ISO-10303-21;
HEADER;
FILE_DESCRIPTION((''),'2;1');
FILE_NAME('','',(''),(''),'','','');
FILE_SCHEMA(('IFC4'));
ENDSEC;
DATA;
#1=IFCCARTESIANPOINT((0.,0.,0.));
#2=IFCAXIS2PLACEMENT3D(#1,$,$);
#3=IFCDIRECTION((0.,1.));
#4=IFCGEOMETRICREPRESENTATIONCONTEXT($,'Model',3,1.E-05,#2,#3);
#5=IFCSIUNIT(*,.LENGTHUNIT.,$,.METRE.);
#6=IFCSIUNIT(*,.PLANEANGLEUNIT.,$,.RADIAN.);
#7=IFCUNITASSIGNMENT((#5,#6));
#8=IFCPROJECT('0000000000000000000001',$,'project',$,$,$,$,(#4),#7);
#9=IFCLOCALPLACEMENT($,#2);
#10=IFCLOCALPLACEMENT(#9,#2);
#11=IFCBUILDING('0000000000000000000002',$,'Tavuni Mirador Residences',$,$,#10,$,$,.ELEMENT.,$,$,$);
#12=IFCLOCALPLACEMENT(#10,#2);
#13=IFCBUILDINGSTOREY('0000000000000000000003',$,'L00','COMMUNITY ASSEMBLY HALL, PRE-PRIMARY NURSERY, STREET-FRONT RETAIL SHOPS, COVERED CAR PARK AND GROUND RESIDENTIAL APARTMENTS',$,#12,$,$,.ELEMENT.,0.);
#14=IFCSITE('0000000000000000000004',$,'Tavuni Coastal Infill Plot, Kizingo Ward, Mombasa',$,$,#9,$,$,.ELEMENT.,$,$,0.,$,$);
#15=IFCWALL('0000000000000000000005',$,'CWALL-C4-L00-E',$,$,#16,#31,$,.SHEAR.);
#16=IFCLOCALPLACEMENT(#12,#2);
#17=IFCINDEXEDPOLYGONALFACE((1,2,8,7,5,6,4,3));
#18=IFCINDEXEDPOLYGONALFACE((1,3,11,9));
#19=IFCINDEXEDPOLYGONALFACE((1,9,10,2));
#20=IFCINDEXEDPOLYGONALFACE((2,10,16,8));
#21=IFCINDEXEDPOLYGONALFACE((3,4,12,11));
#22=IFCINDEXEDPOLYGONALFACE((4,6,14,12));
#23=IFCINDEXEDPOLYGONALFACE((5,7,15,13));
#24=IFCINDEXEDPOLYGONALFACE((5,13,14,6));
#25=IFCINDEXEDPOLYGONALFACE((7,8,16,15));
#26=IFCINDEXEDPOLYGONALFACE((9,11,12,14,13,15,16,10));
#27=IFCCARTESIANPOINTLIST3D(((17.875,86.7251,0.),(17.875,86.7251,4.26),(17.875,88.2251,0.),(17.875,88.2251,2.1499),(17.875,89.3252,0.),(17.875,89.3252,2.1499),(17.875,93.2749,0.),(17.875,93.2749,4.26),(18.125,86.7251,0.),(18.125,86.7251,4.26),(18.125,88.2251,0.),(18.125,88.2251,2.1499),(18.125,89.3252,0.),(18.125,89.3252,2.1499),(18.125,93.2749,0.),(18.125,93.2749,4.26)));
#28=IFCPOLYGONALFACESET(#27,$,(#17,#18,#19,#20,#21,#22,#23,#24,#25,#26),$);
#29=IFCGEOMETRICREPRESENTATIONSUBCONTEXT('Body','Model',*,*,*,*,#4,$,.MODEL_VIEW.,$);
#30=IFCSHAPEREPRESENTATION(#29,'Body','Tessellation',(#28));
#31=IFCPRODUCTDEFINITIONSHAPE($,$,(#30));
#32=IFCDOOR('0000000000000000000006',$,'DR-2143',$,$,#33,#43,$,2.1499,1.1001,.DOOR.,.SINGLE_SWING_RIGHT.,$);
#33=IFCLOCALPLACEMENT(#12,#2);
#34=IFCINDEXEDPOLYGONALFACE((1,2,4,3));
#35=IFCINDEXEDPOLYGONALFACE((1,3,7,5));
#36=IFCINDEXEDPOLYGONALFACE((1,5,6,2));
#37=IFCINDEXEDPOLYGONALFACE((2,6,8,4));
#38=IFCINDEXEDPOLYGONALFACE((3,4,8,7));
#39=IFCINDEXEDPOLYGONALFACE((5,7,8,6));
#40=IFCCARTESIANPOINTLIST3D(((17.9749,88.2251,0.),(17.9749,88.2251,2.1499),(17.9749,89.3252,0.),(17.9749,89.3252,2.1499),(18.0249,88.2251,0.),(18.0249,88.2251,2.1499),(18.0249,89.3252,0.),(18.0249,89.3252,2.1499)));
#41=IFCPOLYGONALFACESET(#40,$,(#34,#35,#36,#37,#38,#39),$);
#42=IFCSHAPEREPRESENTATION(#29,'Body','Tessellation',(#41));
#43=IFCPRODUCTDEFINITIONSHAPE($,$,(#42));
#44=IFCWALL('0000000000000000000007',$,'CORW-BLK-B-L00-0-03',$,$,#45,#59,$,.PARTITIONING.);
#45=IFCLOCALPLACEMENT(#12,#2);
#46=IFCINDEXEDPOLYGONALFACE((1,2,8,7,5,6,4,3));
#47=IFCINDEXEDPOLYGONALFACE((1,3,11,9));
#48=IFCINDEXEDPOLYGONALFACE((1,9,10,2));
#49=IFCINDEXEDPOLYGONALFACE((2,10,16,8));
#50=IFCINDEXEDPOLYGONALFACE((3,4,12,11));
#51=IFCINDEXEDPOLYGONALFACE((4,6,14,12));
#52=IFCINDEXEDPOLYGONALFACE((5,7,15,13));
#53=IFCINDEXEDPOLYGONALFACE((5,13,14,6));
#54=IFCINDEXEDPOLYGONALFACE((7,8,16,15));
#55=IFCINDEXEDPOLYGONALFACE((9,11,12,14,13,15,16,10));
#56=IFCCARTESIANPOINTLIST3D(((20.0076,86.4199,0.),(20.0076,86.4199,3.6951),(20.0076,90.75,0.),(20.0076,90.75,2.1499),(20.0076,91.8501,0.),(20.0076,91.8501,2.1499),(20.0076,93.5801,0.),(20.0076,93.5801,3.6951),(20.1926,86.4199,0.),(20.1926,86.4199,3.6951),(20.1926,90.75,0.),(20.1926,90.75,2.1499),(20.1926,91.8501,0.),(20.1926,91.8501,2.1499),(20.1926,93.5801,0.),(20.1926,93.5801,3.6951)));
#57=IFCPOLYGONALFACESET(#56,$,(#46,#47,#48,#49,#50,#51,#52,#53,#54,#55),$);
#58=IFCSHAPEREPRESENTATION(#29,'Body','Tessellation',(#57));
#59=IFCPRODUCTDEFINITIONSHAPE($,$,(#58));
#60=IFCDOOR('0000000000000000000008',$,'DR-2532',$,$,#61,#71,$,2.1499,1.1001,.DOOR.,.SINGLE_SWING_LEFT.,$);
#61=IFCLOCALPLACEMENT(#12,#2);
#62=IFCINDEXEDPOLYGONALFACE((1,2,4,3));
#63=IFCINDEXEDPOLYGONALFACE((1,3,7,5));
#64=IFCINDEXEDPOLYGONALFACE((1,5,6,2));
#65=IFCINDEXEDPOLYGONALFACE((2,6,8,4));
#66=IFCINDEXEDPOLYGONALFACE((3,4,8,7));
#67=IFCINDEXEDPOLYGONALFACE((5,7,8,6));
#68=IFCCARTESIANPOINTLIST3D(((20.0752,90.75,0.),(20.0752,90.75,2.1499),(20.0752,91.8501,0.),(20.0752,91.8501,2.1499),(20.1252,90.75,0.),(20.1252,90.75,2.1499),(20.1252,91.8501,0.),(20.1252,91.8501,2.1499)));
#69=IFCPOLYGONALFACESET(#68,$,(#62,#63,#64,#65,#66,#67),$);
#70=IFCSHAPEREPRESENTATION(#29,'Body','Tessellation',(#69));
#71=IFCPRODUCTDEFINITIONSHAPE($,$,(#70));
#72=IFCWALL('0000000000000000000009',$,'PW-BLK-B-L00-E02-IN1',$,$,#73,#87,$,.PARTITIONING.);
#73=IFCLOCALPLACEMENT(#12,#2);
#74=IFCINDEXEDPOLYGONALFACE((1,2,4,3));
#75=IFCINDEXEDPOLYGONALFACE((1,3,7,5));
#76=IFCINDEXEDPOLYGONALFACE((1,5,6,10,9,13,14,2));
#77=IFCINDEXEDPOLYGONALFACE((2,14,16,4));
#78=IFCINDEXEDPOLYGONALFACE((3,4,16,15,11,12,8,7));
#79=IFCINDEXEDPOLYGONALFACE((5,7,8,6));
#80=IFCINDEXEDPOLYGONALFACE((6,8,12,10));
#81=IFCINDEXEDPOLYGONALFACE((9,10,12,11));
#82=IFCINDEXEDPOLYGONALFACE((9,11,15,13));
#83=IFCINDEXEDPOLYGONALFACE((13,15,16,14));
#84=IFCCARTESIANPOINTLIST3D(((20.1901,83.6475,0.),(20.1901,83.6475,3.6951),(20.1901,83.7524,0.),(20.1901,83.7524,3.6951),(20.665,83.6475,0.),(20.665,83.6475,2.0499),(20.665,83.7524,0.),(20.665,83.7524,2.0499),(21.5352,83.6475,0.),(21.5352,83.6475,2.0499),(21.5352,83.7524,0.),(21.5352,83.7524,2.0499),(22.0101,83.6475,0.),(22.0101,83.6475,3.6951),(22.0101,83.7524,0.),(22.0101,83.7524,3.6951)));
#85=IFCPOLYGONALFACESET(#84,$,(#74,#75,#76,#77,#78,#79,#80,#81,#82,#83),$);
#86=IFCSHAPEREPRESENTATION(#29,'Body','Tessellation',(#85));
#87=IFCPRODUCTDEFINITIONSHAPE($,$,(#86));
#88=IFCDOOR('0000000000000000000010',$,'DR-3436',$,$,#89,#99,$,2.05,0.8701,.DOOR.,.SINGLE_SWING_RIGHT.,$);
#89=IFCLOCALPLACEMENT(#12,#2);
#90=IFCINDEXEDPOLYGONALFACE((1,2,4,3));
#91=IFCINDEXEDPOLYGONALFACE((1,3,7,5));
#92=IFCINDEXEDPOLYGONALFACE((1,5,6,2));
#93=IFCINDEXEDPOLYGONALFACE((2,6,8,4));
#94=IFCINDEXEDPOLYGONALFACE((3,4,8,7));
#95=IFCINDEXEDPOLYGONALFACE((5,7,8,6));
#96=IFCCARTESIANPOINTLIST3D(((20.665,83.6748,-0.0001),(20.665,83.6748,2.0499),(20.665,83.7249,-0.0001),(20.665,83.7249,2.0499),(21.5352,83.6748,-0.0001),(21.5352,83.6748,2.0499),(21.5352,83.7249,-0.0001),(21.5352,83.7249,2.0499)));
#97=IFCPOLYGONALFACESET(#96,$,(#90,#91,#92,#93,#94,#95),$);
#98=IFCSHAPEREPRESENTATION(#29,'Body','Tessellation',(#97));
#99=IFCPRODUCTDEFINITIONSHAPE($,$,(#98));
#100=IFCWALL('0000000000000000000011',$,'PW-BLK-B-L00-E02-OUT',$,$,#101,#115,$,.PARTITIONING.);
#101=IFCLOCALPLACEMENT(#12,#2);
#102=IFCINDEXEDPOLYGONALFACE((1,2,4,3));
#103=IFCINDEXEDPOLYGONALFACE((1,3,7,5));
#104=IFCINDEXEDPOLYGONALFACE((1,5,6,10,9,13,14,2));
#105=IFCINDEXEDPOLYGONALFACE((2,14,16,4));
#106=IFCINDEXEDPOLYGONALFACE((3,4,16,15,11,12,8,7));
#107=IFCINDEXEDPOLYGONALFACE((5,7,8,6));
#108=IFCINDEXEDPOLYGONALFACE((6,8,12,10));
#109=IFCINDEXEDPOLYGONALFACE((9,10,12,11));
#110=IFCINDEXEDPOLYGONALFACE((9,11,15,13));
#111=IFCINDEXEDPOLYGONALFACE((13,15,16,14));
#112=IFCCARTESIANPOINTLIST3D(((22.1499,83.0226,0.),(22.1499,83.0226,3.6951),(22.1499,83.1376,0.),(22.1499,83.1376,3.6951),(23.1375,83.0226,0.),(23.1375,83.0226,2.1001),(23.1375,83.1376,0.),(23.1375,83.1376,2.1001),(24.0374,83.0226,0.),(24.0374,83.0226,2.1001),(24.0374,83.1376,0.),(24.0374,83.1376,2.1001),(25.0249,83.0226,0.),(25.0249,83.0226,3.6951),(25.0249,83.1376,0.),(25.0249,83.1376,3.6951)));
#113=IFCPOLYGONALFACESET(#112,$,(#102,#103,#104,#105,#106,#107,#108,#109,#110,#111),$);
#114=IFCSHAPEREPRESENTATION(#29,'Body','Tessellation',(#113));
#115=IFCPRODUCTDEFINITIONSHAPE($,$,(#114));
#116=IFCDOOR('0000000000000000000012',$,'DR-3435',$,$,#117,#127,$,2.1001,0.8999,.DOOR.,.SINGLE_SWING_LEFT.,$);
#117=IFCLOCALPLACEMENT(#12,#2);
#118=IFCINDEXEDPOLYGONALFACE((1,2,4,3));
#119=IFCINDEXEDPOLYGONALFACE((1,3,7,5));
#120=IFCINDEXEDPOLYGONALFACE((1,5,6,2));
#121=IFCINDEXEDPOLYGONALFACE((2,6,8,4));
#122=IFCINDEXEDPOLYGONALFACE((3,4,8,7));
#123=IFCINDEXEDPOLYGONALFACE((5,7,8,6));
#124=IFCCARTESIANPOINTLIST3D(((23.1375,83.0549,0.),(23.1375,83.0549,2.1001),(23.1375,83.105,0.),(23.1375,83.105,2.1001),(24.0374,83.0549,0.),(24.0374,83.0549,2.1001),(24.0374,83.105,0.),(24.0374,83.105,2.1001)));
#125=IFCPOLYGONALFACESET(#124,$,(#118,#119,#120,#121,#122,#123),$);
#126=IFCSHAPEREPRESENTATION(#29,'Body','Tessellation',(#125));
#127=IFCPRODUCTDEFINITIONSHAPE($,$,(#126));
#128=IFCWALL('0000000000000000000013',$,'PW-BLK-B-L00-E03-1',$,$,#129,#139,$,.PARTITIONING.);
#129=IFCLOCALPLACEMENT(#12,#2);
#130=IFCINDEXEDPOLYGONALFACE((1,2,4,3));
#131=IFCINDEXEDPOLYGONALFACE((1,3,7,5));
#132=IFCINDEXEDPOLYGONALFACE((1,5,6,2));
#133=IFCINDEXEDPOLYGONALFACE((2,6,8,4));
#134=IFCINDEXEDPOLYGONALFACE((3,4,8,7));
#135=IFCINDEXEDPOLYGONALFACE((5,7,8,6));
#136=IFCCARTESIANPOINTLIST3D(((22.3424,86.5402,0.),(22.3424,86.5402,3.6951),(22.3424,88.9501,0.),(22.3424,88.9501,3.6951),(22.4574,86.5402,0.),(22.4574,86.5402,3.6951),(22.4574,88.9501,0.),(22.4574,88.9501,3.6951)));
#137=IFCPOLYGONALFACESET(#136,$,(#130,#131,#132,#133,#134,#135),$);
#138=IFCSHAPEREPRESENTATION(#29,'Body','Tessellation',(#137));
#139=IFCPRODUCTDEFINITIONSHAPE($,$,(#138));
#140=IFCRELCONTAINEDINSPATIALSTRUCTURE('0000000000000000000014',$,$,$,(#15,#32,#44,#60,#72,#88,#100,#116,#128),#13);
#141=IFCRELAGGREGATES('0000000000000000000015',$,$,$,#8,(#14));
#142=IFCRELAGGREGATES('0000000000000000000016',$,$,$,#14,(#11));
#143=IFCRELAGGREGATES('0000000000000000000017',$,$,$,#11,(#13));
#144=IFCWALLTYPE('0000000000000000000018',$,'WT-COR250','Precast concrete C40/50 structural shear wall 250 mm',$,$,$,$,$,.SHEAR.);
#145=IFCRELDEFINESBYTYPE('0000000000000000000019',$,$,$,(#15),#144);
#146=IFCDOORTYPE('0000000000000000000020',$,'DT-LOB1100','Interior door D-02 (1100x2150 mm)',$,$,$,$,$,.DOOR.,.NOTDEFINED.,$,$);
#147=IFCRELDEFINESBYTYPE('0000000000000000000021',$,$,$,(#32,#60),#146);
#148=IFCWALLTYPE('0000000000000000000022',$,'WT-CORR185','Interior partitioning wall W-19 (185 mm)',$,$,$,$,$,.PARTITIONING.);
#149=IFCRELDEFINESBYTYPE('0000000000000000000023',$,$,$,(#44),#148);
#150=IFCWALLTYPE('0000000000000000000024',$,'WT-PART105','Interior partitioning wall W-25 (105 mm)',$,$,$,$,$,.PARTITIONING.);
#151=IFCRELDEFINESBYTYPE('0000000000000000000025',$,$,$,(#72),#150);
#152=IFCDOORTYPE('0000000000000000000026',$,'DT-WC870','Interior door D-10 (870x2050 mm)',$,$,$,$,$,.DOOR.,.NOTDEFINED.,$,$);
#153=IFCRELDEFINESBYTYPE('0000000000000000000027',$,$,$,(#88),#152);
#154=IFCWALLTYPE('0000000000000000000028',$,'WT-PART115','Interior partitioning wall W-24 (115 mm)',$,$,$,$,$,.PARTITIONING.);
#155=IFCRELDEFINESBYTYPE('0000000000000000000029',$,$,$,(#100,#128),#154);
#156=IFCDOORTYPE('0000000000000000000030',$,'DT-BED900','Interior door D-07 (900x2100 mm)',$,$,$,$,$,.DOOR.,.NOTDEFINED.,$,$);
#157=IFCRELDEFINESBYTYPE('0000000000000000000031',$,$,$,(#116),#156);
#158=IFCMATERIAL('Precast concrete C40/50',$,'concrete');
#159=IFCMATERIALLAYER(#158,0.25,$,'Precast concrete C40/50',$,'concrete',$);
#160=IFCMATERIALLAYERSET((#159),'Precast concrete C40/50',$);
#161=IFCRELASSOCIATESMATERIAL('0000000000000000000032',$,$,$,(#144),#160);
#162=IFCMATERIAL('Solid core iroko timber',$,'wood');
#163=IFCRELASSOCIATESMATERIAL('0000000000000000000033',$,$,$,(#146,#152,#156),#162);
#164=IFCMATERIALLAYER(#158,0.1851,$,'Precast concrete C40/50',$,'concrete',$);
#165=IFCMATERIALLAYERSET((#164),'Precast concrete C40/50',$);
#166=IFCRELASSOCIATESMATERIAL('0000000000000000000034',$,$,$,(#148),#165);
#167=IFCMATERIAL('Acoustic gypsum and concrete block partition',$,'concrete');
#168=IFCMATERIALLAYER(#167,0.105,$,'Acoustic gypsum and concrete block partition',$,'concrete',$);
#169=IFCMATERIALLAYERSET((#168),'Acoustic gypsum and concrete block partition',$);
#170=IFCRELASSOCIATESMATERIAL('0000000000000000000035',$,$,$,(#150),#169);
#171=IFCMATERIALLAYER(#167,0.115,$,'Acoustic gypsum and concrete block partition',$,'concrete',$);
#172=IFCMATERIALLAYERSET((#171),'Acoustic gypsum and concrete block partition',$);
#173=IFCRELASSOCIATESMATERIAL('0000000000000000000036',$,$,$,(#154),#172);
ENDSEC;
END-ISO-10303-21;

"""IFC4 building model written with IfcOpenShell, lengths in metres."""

from ifc_helpers import new_model, si_unit, direction, frame, frame_2d, origin, place, context, subcontext, project, spatial, rectangle, extrude, material, layer, layer_set, type_object, element, fill, save


model = new_model("IFC4")

# Units and contexts
model_context = context("Model", 3, precision=1e-05, world=origin(), true_north=direction((0.0, 1.0)))
body_context = subcontext(model_context, "Body", "Model", "MODEL_VIEW")
ifc_project = project(units=[si_unit("LENGTHUNIT", "METRE"), si_unit("PLANEANGLEUNIT", "RADIAN")], contexts=[model_context])

# Site, building, storey
site_placement = place(None, origin())
site = spatial("IfcSite", under=ifc_project, at=site_placement, Name="Tavuni Coastal Infill Plot, Kizingo Ward, Mombasa", CompositionType="ELEMENT", RefElevation=0.0)
building_placement = place(site_placement, origin())
building = spatial("IfcBuilding", under=site, at=building_placement, Name="Tavuni Mirador Residences", CompositionType="ELEMENT")
storey_placement = place(building_placement, origin())
storey = spatial("IfcBuildingStorey", under=building, at=storey_placement, Name="L00", Description="COMMUNITY ASSEMBLY HALL, PRE-PRIMARY NURSERY, STREET-FRONT RETAIL SHOPS, COVERED CAR PARK AND GROUND RESIDENTIAL APARTMENTS", CompositionType="ELEMENT", Elevation=0.0)

# Shared definitions
ifc_material_1 = material(Name="Precast concrete C40/50", Category="concrete")

# Walls, openings, doors
ifc_layer_1 = layer(ifc_material_1, 0.25, Name="Precast concrete C40/50", Category="concrete")
ifc_layer_set_1 = layer_set([ifc_layer_1], Name="Precast concrete C40/50")
wall_type_1 = type_object("IfcWallType", Name="WT-COR250", Description="Precast concrete C40/50 structural shear wall 250 mm", PredefinedType="SHEAR", material=ifc_layer_set_1)
wall_1_placement = place(storey_placement, frame((18.0, 86.7251, 0.0), z_axis=(0.0, 0.0, 1.0), x_axis=(0.0, 1.0, 0.0)))
wall_1 = element("IfcWall", 1, at=wall_1_placement, inside=storey, type_object=wall_type_1, Name="CWALL-C4-L00-E", PredefinedType="SHEAR", context=body_context, shape_type="SweptSolid", body=[
    extrude(rectangle(XDim=6.5498, YDim=0.25, at=frame_2d((3.2749, 0.0))), origin(), (0.0, 0.0, 1.0), 4.26),
])
opening_1_placement = place(wall_1_placement, frame((1.5, 0.0, 0.0)))
opening_1 = element("IfcOpeningElement", 2, at=opening_1_placement, cuts=wall_1, PredefinedType="OPENING", context=body_context, shape_type="SweptSolid", body=[
    extrude(rectangle(XDim=1.1001, YDim=2.1499, at=frame_2d((0.55, 1.075))), frame((0.0, 0.135, 0.0), z_axis=(0.0, -1.0, 0.0), x_axis=(1.0, 0.0, 0.0)), (0.0, 0.0, 1.0), 0.27),
])
ifc_material_2 = material(Name="Solid core iroko timber", Category="wood")
door_type_1 = type_object("IfcDoorType", Name="DT-LOB1100", Description="Interior door D-02 (1100x2150 mm)", OperationType="NOTDEFINED", PredefinedType="DOOR", material=ifc_material_2)
door_1_placement = place(opening_1_placement, frame((1.1001, 0.0, 0.0), z_axis=(0.0, 0.0, 1.0), x_axis=(-1.0, 0.0, 0.0)))
door_1 = element("IfcDoor", 3, at=door_1_placement, inside=storey, type_object=door_type_1, Name="DR-2143", OperationType="SINGLE_SWING_RIGHT", OverallHeight=2.1499, OverallWidth=1.1001, PredefinedType="DOOR", context=body_context, shape_type="SweptSolid", body=[
    extrude(rectangle(XDim=1.1001, YDim=2.1499, at=frame_2d((0.55, 1.075))), frame((0.0, 0.0249, 0.0), z_axis=(0.0, -1.0, 0.0), x_axis=(1.0, 0.0, 0.0)), (0.0, 0.0, 1.0), 0.05),
])
fill(opening_1, door_1)
ifc_layer_2 = layer(ifc_material_1, 0.1851, Name="Precast concrete C40/50", Category="concrete")
ifc_layer_set_2 = layer_set([ifc_layer_2], Name="Precast concrete C40/50")
wall_type_2 = type_object("IfcWallType", Name="WT-CORR185", Description="Interior partitioning wall W-19 (185 mm)", PredefinedType="PARTITIONING", material=ifc_layer_set_2)
wall_2_placement = place(storey_placement, frame((20.1001, 86.4199, 0.0), z_axis=(0.0, 0.0, 1.0), x_axis=(0.0, 1.0, 0.0)))
wall_2 = element("IfcWall", 4, at=wall_2_placement, inside=storey, type_object=wall_type_2, Name="CORW-BLK-B-L00-0-03", PredefinedType="PARTITIONING", context=body_context, shape_type="SweptSolid", body=[
    extrude(rectangle(XDim=7.1602, YDim=0.1851, at=frame_2d((3.5801, 0.0))), origin(), (0.0, 0.0, 1.0), 3.6951),
])
opening_2_placement = place(wall_2_placement, frame((4.3301, 0.0, 0.0)))
opening_2 = element("IfcOpeningElement", 5, at=opening_2_placement, cuts=wall_2, PredefinedType="OPENING", context=body_context, shape_type="SweptSolid", body=[
    extrude(rectangle(XDim=1.1001, YDim=2.1499, at=frame_2d((0.55, 1.075))), frame((0.0, 0.1025, 0.0), z_axis=(0.0, -1.0, 0.0), x_axis=(1.0, 0.0, 0.0)), (0.0, 0.0, 1.0), 0.2051),
])
door_2_placement = place(opening_2_placement, origin())
door_2 = element("IfcDoor", 6, at=door_2_placement, inside=storey, type_object=door_type_1, Name="DR-2532", OperationType="SINGLE_SWING_LEFT", OverallHeight=2.1499, OverallWidth=1.1001, PredefinedType="DOOR", context=body_context, shape_type="SweptSolid", body=[
    extrude(rectangle(XDim=1.1001, YDim=2.1499, at=frame_2d((0.55, 1.075))), frame((0.0, 0.0249, 0.0), z_axis=(0.0, -1.0, 0.0), x_axis=(1.0, 0.0, 0.0)), (0.0, 0.0, 1.0), 0.05),
])
fill(opening_2, door_2)
ifc_material_3 = material(Name="Acoustic gypsum and concrete block partition", Category="concrete")
ifc_layer_3 = layer(ifc_material_3, 0.105, Name="Acoustic gypsum and concrete block partition", Category="concrete")
ifc_layer_set_3 = layer_set([ifc_layer_3], Name="Acoustic gypsum and concrete block partition")
wall_type_3 = type_object("IfcWallType", Name="WT-PART105", Description="Interior partitioning wall W-25 (105 mm)", PredefinedType="PARTITIONING", material=ifc_layer_set_3)
wall_3_placement = place(storey_placement, frame((20.1899, 83.7, 0.0), z_axis=(0.0, 0.0, 1.0), x_axis=(1.0, 0.0, 0.0)))
wall_3 = element("IfcWall", 7, at=wall_3_placement, inside=storey, type_object=wall_type_3, Name="PW-BLK-B-L00-E02-IN1", PredefinedType="PARTITIONING", context=body_context, shape_type="SweptSolid", body=[
    extrude(rectangle(XDim=1.8201, YDim=0.105, at=frame_2d((0.9102, 0.0))), origin(), (0.0, 0.0, 1.0), 3.6951),
])
opening_3_placement = place(wall_3_placement, frame((0.4751, 0.0, 0.0)))
opening_3 = element("IfcOpeningElement", 8, at=opening_3_placement, cuts=wall_3, PredefinedType="OPENING", context=body_context, shape_type="SweptSolid", body=[
    extrude(rectangle(XDim=0.8701, YDim=2.05, at=frame_2d((0.4351, 1.0249))), frame((0.0, 0.0625, 0.0), z_axis=(0.0, -1.0, 0.0), x_axis=(1.0, 0.0, 0.0)), (0.0, 0.0, 1.0), 0.125),
])
door_type_2 = type_object("IfcDoorType", Name="DT-WC870", Description="Interior door D-10 (870x2050 mm)", OperationType="NOTDEFINED", PredefinedType="DOOR", material=ifc_material_2)
door_3_placement = place(opening_3_placement, origin())
door_3 = element("IfcDoor", 9, at=door_3_placement, inside=storey, type_object=door_type_2, Name="DR-3436", OperationType="SINGLE_SWING_RIGHT", OverallHeight=2.05, OverallWidth=0.8701, PredefinedType="DOOR", context=body_context, shape_type="SweptSolid", body=[
    extrude(rectangle(XDim=0.8701, YDim=2.05, at=frame_2d((0.4351, 1.0249))), frame((0.0, 0.0249, 0.0), z_axis=(0.0, -1.0, 0.0), x_axis=(1.0, 0.0, 0.0)), (0.0, 0.0, 1.0), 0.05),
])
fill(opening_3, door_3)
ifc_layer_4 = layer(ifc_material_3, 0.115, Name="Acoustic gypsum and concrete block partition", Category="concrete")
ifc_layer_set_4 = layer_set([ifc_layer_4], Name="Acoustic gypsum and concrete block partition")
wall_type_4 = type_object("IfcWallType", Name="WT-PART115", Description="Interior partitioning wall W-24 (115 mm)", PredefinedType="PARTITIONING", material=ifc_layer_set_4)
wall_4_placement = place(storey_placement, frame((22.1499, 83.0801, 0.0), z_axis=(0.0, 0.0, 1.0), x_axis=(1.0, 0.0, 0.0)))
wall_4 = element("IfcWall", 10, at=wall_4_placement, inside=storey, type_object=wall_type_4, Name="PW-BLK-B-L00-E02-OUT", PredefinedType="PARTITIONING", context=body_context, shape_type="SweptSolid", body=[
    extrude(rectangle(XDim=2.875, YDim=0.115, at=frame_2d((1.4375, 0.0))), origin(), (0.0, 0.0, 1.0), 3.6951),
])
opening_4_placement = place(wall_4_placement, frame((0.9875, 0.0, 0.0)))
opening_4 = element("IfcOpeningElement", 11, at=opening_4_placement, cuts=wall_4, PredefinedType="OPENING", context=body_context, shape_type="SweptSolid", body=[
    extrude(rectangle(XDim=0.8999, YDim=2.1001, at=frame_2d((0.45, 1.05))), frame((0.0, 0.0674, 0.0), z_axis=(0.0, -1.0, 0.0), x_axis=(1.0, 0.0, 0.0)), (0.0, 0.0, 1.0), 0.135),
])
door_type_3 = type_object("IfcDoorType", Name="DT-BED900", Description="Interior door D-07 (900x2100 mm)", OperationType="NOTDEFINED", PredefinedType="DOOR", material=ifc_material_2)
door_4_placement = place(opening_4_placement, origin())
door_4 = element("IfcDoor", 12, at=door_4_placement, inside=storey, type_object=door_type_3, Name="DR-3435", OperationType="SINGLE_SWING_LEFT", OverallHeight=2.1001, OverallWidth=0.8999, PredefinedType="DOOR", context=body_context, shape_type="SweptSolid", body=[
    extrude(rectangle(XDim=0.8999, YDim=2.1001, at=frame_2d((0.45, 1.05))), frame((0.0, 0.0249, 0.0), z_axis=(0.0, -1.0, 0.0), x_axis=(1.0, 0.0, 0.0)), (0.0, 0.0, 1.0), 0.05),
])
fill(opening_4, door_4)

# Wall
wall_5_placement = place(storey_placement, frame((22.3999, 86.54, 0.0), z_axis=(0.0, 0.0, 1.0), x_axis=(0.0, 1.0, 0.0)))
element("IfcWall", 13, at=wall_5_placement, inside=storey, type_object=wall_type_4, Name="PW-BLK-B-L00-E03-1", PredefinedType="PARTITIONING", context=body_context, shape_type="SweptSolid", body=[
    extrude(rectangle(XDim=2.4099, YDim=0.115, at=frame_2d((1.2051, 0.0))), origin(), (0.0, 0.0, 1.0), 3.6951),
])

save(model, "model.ifc")
